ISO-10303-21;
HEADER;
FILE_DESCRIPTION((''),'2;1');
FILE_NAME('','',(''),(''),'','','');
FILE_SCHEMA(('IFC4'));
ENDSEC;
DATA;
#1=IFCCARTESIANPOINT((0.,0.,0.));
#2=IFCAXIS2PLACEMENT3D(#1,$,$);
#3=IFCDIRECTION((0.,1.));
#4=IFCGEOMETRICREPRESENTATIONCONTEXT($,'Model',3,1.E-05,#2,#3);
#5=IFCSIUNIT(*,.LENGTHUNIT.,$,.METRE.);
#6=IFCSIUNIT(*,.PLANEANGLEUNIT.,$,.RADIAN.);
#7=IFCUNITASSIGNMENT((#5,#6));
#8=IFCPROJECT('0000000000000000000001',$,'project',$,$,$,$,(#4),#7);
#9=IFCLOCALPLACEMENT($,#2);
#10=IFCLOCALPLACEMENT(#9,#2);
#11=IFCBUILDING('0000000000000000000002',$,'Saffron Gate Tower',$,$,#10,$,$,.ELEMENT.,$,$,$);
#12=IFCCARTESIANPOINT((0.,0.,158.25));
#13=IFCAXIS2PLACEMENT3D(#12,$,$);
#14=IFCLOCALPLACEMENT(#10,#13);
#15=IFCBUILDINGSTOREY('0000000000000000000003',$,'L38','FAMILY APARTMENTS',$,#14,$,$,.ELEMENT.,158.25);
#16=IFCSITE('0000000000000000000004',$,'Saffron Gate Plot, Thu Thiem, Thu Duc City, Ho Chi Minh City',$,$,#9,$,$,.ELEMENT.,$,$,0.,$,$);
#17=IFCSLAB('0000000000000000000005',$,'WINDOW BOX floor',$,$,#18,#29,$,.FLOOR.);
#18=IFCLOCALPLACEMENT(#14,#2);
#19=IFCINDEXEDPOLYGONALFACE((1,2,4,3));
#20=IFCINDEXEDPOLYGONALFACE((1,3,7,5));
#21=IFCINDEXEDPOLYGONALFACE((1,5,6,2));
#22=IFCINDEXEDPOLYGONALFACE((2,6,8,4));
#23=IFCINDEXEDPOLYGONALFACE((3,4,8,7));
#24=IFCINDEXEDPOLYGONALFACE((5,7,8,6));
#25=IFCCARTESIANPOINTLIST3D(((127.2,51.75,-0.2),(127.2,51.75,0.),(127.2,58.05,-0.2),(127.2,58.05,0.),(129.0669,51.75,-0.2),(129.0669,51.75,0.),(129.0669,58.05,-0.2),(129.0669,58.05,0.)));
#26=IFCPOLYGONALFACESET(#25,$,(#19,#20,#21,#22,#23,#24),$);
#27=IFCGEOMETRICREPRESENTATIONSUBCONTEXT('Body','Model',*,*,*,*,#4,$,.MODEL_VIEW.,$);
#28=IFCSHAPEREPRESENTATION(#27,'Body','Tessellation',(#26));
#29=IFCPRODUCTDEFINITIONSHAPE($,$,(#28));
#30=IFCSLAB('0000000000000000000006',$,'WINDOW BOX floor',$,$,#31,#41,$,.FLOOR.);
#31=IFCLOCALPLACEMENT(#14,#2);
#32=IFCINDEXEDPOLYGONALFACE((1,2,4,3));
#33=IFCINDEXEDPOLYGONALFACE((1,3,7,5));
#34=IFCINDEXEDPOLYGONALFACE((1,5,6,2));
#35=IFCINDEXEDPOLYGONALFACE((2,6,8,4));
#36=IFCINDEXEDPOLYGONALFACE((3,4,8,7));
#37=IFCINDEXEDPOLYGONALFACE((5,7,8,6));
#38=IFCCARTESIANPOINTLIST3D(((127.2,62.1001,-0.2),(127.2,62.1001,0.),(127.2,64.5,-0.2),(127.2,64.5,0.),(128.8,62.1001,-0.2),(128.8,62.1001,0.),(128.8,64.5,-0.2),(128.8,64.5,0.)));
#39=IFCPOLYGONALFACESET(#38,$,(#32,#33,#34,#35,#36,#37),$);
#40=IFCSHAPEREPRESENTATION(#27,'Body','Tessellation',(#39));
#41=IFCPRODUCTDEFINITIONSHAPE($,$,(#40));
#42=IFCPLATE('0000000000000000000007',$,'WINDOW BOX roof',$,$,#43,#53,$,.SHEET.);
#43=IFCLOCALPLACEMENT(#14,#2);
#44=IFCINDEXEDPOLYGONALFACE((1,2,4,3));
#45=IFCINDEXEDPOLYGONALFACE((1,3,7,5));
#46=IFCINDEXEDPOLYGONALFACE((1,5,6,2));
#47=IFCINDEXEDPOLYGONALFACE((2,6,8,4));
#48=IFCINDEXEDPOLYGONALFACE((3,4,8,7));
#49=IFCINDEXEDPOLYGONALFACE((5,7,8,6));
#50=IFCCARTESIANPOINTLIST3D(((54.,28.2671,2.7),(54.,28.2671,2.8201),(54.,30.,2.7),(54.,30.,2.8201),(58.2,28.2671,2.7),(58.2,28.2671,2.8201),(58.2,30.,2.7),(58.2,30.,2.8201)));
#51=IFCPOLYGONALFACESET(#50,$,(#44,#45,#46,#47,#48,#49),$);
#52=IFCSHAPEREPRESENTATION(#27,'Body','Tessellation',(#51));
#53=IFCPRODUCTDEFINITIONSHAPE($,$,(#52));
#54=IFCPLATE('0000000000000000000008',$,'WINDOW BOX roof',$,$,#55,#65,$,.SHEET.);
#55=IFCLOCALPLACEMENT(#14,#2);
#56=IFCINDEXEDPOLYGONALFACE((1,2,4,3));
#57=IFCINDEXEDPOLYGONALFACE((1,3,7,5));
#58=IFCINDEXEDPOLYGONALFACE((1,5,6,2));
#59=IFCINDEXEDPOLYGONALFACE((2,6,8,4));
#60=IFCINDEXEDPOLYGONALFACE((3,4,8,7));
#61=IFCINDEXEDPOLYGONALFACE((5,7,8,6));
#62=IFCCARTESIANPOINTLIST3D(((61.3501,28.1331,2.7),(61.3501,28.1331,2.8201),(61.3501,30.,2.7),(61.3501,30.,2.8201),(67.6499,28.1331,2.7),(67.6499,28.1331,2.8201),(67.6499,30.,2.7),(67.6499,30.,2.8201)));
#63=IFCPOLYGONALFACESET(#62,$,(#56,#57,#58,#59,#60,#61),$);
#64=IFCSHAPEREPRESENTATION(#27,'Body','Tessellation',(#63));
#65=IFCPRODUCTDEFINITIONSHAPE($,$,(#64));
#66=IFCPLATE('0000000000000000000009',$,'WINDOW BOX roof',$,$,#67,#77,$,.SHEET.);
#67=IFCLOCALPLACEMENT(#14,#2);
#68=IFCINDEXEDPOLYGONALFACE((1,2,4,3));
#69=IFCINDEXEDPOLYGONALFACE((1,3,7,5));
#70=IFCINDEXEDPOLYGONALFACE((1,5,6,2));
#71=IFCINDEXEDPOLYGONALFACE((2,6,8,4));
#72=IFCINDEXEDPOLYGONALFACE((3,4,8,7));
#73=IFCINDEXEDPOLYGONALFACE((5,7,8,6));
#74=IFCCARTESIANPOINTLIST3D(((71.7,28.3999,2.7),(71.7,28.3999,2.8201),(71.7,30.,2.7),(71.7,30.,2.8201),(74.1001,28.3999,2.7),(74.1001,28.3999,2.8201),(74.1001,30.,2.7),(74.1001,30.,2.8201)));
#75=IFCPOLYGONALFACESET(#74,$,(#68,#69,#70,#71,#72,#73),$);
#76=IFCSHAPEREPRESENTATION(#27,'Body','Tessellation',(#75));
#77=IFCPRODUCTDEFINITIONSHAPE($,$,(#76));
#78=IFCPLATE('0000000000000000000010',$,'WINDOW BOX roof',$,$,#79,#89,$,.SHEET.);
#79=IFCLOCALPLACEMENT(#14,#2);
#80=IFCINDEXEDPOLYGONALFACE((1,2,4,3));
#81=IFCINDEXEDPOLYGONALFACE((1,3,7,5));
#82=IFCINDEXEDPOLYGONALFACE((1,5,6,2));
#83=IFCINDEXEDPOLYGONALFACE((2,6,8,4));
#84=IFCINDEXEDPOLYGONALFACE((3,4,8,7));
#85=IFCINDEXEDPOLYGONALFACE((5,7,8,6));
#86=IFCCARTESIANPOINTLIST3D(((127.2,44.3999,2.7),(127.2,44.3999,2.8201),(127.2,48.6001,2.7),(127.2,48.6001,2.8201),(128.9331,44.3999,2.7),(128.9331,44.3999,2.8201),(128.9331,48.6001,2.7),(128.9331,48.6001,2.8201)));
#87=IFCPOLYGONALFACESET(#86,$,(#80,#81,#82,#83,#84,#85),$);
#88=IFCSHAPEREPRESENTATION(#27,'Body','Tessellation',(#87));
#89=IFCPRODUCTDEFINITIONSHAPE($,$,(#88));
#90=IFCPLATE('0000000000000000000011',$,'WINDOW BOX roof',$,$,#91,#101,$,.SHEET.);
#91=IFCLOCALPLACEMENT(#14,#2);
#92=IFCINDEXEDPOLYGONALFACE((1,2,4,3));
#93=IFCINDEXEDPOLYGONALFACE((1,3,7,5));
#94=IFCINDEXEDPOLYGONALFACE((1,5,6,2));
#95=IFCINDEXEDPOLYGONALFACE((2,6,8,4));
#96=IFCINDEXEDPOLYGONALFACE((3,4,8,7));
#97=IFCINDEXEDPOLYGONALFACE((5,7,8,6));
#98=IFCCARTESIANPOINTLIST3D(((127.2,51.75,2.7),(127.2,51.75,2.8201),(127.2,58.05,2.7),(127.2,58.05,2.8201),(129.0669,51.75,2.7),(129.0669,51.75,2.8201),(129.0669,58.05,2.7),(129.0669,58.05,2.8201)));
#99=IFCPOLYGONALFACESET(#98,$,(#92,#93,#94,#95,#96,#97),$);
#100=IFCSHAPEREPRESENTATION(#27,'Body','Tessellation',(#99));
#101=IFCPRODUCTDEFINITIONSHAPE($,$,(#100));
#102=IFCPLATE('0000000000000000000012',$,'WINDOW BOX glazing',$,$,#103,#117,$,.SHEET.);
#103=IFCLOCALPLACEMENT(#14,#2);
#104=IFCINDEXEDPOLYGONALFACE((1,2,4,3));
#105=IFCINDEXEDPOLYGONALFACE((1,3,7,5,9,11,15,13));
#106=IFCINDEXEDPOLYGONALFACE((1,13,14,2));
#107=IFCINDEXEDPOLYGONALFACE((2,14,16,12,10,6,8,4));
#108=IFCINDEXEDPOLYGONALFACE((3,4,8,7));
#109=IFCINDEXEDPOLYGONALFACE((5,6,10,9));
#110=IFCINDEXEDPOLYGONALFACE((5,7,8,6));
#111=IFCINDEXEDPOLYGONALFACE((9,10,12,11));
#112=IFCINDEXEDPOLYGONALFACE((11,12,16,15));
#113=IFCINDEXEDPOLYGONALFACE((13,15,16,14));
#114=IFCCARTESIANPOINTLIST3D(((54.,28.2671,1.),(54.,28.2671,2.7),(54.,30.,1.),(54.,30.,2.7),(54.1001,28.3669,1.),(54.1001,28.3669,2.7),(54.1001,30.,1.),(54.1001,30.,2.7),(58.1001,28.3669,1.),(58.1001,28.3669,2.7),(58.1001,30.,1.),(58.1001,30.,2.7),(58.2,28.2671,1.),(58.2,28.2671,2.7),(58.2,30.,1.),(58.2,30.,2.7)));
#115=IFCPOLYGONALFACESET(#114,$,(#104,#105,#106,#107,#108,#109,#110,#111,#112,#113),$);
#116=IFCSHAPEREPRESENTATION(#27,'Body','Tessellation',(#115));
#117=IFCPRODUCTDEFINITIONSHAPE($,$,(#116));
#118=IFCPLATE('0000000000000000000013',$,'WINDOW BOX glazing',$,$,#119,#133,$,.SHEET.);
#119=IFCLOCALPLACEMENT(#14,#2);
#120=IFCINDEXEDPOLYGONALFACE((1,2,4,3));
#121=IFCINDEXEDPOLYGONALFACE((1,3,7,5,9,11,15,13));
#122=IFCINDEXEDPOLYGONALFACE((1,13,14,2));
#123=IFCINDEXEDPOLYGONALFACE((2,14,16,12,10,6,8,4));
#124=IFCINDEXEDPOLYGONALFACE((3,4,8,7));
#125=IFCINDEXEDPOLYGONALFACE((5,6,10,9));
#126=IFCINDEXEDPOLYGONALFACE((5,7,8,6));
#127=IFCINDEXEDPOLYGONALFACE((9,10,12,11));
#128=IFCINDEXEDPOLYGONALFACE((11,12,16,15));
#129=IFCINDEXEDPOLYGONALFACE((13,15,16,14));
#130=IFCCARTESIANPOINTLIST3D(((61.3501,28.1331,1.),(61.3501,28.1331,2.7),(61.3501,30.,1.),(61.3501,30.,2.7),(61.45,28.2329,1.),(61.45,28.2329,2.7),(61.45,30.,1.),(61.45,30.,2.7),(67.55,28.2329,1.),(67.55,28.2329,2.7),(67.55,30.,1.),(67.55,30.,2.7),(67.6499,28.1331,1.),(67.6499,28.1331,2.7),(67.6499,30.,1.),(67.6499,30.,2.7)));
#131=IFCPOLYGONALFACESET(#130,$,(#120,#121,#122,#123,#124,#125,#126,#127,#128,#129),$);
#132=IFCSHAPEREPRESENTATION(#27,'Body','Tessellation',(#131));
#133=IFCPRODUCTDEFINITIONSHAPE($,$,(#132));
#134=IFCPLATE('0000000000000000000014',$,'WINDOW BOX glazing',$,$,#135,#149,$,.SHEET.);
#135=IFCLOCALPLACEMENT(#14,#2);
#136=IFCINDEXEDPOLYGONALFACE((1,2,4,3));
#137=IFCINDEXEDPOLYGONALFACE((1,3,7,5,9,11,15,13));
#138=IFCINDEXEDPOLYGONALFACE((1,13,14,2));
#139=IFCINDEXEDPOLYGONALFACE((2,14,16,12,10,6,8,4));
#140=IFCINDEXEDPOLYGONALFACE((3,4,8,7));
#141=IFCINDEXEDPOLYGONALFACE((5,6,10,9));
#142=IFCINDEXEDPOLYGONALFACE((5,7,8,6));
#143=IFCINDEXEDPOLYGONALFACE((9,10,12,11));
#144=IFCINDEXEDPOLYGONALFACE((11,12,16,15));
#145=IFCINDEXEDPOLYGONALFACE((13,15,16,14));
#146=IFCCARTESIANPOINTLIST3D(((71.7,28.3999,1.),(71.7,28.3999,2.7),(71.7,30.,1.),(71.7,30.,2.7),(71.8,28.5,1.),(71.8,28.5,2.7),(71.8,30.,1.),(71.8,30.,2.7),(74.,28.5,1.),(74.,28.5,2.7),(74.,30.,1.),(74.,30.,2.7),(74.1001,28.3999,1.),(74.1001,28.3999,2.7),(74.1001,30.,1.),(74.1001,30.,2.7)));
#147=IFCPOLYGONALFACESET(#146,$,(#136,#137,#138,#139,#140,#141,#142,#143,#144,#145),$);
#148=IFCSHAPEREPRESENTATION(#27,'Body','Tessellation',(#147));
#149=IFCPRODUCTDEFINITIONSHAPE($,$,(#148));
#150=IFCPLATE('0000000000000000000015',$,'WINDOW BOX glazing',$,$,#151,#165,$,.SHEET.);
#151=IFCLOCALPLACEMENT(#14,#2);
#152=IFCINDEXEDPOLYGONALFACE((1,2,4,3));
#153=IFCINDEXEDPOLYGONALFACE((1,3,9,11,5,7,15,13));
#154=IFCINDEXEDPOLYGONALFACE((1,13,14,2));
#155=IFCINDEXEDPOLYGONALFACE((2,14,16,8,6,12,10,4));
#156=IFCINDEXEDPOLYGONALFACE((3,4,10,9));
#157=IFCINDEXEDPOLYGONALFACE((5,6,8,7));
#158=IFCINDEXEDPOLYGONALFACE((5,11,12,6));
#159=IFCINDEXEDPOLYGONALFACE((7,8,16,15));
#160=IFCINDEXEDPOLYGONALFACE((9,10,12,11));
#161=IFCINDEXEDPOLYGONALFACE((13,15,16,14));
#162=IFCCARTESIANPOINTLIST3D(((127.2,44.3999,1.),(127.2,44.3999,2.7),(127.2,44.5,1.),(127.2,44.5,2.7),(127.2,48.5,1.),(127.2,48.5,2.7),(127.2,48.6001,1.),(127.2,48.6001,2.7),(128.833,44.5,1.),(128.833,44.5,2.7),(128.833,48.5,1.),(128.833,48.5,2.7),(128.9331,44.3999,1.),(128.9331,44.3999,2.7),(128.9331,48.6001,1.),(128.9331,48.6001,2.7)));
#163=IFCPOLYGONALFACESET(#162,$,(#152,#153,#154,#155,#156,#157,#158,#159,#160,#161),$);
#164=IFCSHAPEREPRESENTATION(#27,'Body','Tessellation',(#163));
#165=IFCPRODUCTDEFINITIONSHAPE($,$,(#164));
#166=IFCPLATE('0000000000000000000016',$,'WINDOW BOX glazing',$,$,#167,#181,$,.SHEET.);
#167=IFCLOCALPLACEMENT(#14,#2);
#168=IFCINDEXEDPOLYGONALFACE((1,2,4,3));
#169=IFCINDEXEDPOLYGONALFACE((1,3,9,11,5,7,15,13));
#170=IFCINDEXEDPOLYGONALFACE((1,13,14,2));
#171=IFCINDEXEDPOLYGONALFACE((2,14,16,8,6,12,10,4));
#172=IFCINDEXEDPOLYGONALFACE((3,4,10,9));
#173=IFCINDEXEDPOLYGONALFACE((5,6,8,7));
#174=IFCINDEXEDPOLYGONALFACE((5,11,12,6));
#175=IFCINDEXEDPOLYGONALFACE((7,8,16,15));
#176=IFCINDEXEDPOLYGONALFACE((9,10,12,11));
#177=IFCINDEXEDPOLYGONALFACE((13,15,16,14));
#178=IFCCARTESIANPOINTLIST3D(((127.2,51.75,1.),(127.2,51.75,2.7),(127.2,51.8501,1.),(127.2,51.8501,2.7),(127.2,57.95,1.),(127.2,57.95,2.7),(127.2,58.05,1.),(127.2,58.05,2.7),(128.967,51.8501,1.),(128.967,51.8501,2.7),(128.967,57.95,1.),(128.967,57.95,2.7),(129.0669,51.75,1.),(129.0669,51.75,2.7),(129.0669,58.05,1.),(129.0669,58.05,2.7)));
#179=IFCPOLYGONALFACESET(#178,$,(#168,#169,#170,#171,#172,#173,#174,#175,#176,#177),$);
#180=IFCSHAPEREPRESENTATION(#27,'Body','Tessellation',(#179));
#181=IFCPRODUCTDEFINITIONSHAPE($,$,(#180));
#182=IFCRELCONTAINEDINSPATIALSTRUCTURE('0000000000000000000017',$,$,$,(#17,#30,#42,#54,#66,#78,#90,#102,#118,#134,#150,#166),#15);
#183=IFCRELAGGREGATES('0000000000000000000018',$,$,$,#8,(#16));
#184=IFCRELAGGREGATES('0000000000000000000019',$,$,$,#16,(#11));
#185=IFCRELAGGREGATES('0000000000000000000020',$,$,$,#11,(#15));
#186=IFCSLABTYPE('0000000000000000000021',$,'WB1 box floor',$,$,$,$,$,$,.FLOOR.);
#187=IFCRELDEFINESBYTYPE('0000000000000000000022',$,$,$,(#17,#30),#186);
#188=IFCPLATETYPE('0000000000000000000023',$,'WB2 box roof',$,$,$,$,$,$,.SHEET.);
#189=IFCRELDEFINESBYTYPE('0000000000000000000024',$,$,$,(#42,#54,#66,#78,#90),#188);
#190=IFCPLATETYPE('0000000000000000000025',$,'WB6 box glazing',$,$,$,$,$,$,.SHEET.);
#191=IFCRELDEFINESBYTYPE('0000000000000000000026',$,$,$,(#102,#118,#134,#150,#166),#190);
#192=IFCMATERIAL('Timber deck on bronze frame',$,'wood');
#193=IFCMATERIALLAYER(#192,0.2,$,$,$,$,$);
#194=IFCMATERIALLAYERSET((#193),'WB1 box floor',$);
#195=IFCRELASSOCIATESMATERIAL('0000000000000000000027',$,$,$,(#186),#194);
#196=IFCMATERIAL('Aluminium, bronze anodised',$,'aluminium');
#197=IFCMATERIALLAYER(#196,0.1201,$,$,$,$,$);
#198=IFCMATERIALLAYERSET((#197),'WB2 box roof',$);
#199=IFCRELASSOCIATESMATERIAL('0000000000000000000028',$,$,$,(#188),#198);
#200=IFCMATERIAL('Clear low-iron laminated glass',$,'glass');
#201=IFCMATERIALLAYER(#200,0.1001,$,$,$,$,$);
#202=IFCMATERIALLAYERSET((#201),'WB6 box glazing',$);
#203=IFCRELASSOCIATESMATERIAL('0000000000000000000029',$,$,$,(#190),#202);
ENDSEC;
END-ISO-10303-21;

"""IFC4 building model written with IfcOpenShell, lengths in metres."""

from ifc_helpers import new_model, si_unit, direction, frame, origin, place, context, subcontext, project, spatial, polyline, outline, extrude, material, layer, layer_set, type_object, element, save


model = new_model("IFC4")

# Units and contexts
model_context = context("Model", 3, precision=1e-05, world=origin(), true_north=direction((0.0, 1.0)))
body_context = subcontext(model_context, "Body", "Model", "MODEL_VIEW")
ifc_project = project(units=[si_unit("LENGTHUNIT", "METRE"), si_unit("PLANEANGLEUNIT", "RADIAN")], contexts=[model_context])

# Site, building, storey
site_placement = place(None, origin())
site = spatial("IfcSite", under=ifc_project, at=site_placement, Name="Saffron Gate Plot, Thu Thiem, Thu Duc City, Ho Chi Minh City", CompositionType="ELEMENT", RefElevation=0.0)
building_placement = place(site_placement, origin())
building = spatial("IfcBuilding", under=site, at=building_placement, Name="Saffron Gate Tower", CompositionType="ELEMENT")
storey_placement = place(building_placement, frame((0.0, 0.0, 158.25)))
storey = spatial("IfcBuildingStorey", under=building, at=storey_placement, Name="L38", Description="FAMILY APARTMENTS", CompositionType="ELEMENT", Elevation=158.25)

# Slabs
ifc_material_1 = material(Name="Timber deck on bronze frame", Category="wood")
ifc_layer_1 = layer(ifc_material_1, 0.2)
ifc_layer_set_1 = layer_set([ifc_layer_1], Name="WB1 box floor")
slab_type_1 = type_object("IfcSlabType", Name="WB1 box floor", PredefinedType="FLOOR", material=ifc_layer_set_1)
slab_1_placement = place(storey_placement, frame((0.0, 0.0, -0.2)))
element("IfcSlab", 1, at=slab_1_placement, inside=storey, type_object=slab_type_1, Name="WINDOW BOX floor", PredefinedType="FLOOR", context=body_context, shape_type="SweptSolid", body=[
    extrude(outline(polyline([(127.2, 51.75), (127.2, 58.05), (129.0669, 58.05), (129.0669, 51.75), (127.2, 51.75)])), origin(), (0.0, 0.0, 1.0), 0.2),
])
slab_2_placement = place(storey_placement, frame((0.0, 0.0, -0.2)))
element("IfcSlab", 2, at=slab_2_placement, inside=storey, type_object=slab_type_1, Name="WINDOW BOX floor", PredefinedType="FLOOR", context=body_context, shape_type="SweptSolid", body=[
    extrude(outline(polyline([(127.2, 62.1001), (127.2, 64.5), (128.8, 64.5), (128.8, 62.1001), (127.2, 62.1001)])), origin(), (0.0, 0.0, 1.0), 0.2),
])

# Plates
ifc_material_2 = material(Name="Aluminium, bronze anodised", Category="aluminium")
ifc_layer_2 = layer(ifc_material_2, 0.1201)
ifc_layer_set_2 = layer_set([ifc_layer_2], Name="WB2 box roof")
plate_type_1 = type_object("IfcPlateType", Name="WB2 box roof", PredefinedType="SHEET", material=ifc_layer_set_2)
plate_1_placement = place(storey_placement, frame((0.0, 0.0, 2.7)))
element("IfcPlate", 3, at=plate_1_placement, inside=storey, type_object=plate_type_1, Name="WINDOW BOX roof", PredefinedType="SHEET", context=body_context, shape_type="SweptSolid", body=[
    extrude(outline(polyline([(54.0, 30.0), (58.2, 30.0), (58.2, 28.2671), (54.0, 28.2671), (54.0, 30.0)])), origin(), (0.0, 0.0, 1.0), 0.1201),
])
plate_2_placement = place(storey_placement, frame((0.0, 0.0, 2.7)))
element("IfcPlate", 4, at=plate_2_placement, inside=storey, type_object=plate_type_1, Name="WINDOW BOX roof", PredefinedType="SHEET", context=body_context, shape_type="SweptSolid", body=[
    extrude(outline(polyline([(61.3501, 30.0), (67.6499, 30.0), (67.6499, 28.1331), (61.3501, 28.1331), (61.3501, 30.0)])), origin(), (0.0, 0.0, 1.0), 0.1201),
])
plate_3_placement = place(storey_placement, frame((0.0, 0.0, 2.7)))
element("IfcPlate", 5, at=plate_3_placement, inside=storey, type_object=plate_type_1, Name="WINDOW BOX roof", PredefinedType="SHEET", context=body_context, shape_type="SweptSolid", body=[
    extrude(outline(polyline([(71.7, 30.0), (74.1001, 30.0), (74.1001, 28.3999), (71.7, 28.3999), (71.7, 30.0)])), origin(), (0.0, 0.0, 1.0), 0.1201),
])
plate_4_placement = place(storey_placement, frame((0.0, 0.0, 2.7)))
element("IfcPlate", 6, at=plate_4_placement, inside=storey, type_object=plate_type_1, Name="WINDOW BOX roof", PredefinedType="SHEET", context=body_context, shape_type="SweptSolid", body=[
    extrude(outline(polyline([(127.2, 44.3999), (127.2, 48.6001), (128.9331, 48.6001), (128.9331, 44.3999), (127.2, 44.3999)])), origin(), (0.0, 0.0, 1.0), 0.1201),
])
plate_5_placement = place(storey_placement, frame((0.0, 0.0, 2.7)))
element("IfcPlate", 7, at=plate_5_placement, inside=storey, type_object=plate_type_1, Name="WINDOW BOX roof", PredefinedType="SHEET", context=body_context, shape_type="SweptSolid", body=[
    extrude(outline(polyline([(127.2, 51.75), (127.2, 58.05), (129.0669, 58.05), (129.0669, 51.75), (127.2, 51.75)])), origin(), (0.0, 0.0, 1.0), 0.1201),
])
ifc_material_3 = material(Name="Clear low-iron laminated glass", Category="glass")
ifc_layer_3 = layer(ifc_material_3, 0.1001)
ifc_layer_set_3 = layer_set([ifc_layer_3], Name="WB6 box glazing")
plate_type_2 = type_object("IfcPlateType", Name="WB6 box glazing", PredefinedType="SHEET", material=ifc_layer_set_3)
plate_6_placement = place(storey_placement, frame((0.0, 0.0, 1.0)))
element("IfcPlate", 8, at=plate_6_placement, inside=storey, type_object=plate_type_2, Name="WINDOW BOX glazing", PredefinedType="SHEET", context=body_context, shape_type="SweptSolid", body=[
    extrude(outline(polyline([(54.0, 30.0), (54.1001, 30.0), (54.1001, 28.3669), (58.1001, 28.3669), (58.1001, 30.0), (58.2, 30.0), (58.2, 28.2671), (54.0, 28.2671), (54.0, 30.0)])), origin(), (0.0, 0.0, 1.0), 1.7),
])
plate_7_placement = place(storey_placement, frame((0.0, 0.0, 1.0)))
element("IfcPlate", 9, at=plate_7_placement, inside=storey, type_object=plate_type_2, Name="WINDOW BOX glazing", PredefinedType="SHEET", context=body_context, shape_type="SweptSolid", body=[
    extrude(outline(polyline([(61.3501, 30.0), (61.45, 30.0), (61.45, 28.2329), (67.55, 28.2329), (67.55, 30.0), (67.6499, 30.0), (67.6499, 28.1331), (61.3501, 28.1331), (61.3501, 30.0)])), origin(), (0.0, 0.0, 1.0), 1.7),
])
plate_8_placement = place(storey_placement, frame((0.0, 0.0, 1.0)))
element("IfcPlate", 10, at=plate_8_placement, inside=storey, type_object=plate_type_2, Name="WINDOW BOX glazing", PredefinedType="SHEET", context=body_context, shape_type="SweptSolid", body=[
    extrude(outline(polyline([(71.7, 30.0), (71.8, 30.0), (71.8, 28.5), (74.0, 28.5), (74.0, 30.0), (74.1001, 30.0), (74.1001, 28.3999), (71.7, 28.3999), (71.7, 30.0)])), origin(), (0.0, 0.0, 1.0), 1.7),
])
plate_9_placement = place(storey_placement, frame((0.0, 0.0, 1.0)))
element("IfcPlate", 11, at=plate_9_placement, inside=storey, type_object=plate_type_2, Name="WINDOW BOX glazing", PredefinedType="SHEET", context=body_context, shape_type="SweptSolid", body=[
    extrude(outline(polyline([(127.2, 44.3999), (127.2, 44.5), (128.833, 44.5), (128.833, 48.5), (127.2, 48.5), (127.2, 48.6001), (128.9331, 48.6001), (128.9331, 44.3999), (127.2, 44.3999)])), origin(), (0.0, 0.0, 1.0), 1.7),
])
plate_10_placement = place(storey_placement, frame((0.0, 0.0, 1.0)))
element("IfcPlate", 12, at=plate_10_placement, inside=storey, type_object=plate_type_2, Name="WINDOW BOX glazing", PredefinedType="SHEET", context=body_context, shape_type="SweptSolid", body=[
    extrude(outline(polyline([(127.2, 51.75), (127.2, 51.8501), (128.967, 51.8501), (128.967, 57.95), (127.2, 57.95), (127.2, 58.05), (129.0669, 58.05), (129.0669, 51.75), (127.2, 51.75)])), origin(), (0.0, 0.0, 1.0), 1.7),
])

save(model, "model.ifc")
